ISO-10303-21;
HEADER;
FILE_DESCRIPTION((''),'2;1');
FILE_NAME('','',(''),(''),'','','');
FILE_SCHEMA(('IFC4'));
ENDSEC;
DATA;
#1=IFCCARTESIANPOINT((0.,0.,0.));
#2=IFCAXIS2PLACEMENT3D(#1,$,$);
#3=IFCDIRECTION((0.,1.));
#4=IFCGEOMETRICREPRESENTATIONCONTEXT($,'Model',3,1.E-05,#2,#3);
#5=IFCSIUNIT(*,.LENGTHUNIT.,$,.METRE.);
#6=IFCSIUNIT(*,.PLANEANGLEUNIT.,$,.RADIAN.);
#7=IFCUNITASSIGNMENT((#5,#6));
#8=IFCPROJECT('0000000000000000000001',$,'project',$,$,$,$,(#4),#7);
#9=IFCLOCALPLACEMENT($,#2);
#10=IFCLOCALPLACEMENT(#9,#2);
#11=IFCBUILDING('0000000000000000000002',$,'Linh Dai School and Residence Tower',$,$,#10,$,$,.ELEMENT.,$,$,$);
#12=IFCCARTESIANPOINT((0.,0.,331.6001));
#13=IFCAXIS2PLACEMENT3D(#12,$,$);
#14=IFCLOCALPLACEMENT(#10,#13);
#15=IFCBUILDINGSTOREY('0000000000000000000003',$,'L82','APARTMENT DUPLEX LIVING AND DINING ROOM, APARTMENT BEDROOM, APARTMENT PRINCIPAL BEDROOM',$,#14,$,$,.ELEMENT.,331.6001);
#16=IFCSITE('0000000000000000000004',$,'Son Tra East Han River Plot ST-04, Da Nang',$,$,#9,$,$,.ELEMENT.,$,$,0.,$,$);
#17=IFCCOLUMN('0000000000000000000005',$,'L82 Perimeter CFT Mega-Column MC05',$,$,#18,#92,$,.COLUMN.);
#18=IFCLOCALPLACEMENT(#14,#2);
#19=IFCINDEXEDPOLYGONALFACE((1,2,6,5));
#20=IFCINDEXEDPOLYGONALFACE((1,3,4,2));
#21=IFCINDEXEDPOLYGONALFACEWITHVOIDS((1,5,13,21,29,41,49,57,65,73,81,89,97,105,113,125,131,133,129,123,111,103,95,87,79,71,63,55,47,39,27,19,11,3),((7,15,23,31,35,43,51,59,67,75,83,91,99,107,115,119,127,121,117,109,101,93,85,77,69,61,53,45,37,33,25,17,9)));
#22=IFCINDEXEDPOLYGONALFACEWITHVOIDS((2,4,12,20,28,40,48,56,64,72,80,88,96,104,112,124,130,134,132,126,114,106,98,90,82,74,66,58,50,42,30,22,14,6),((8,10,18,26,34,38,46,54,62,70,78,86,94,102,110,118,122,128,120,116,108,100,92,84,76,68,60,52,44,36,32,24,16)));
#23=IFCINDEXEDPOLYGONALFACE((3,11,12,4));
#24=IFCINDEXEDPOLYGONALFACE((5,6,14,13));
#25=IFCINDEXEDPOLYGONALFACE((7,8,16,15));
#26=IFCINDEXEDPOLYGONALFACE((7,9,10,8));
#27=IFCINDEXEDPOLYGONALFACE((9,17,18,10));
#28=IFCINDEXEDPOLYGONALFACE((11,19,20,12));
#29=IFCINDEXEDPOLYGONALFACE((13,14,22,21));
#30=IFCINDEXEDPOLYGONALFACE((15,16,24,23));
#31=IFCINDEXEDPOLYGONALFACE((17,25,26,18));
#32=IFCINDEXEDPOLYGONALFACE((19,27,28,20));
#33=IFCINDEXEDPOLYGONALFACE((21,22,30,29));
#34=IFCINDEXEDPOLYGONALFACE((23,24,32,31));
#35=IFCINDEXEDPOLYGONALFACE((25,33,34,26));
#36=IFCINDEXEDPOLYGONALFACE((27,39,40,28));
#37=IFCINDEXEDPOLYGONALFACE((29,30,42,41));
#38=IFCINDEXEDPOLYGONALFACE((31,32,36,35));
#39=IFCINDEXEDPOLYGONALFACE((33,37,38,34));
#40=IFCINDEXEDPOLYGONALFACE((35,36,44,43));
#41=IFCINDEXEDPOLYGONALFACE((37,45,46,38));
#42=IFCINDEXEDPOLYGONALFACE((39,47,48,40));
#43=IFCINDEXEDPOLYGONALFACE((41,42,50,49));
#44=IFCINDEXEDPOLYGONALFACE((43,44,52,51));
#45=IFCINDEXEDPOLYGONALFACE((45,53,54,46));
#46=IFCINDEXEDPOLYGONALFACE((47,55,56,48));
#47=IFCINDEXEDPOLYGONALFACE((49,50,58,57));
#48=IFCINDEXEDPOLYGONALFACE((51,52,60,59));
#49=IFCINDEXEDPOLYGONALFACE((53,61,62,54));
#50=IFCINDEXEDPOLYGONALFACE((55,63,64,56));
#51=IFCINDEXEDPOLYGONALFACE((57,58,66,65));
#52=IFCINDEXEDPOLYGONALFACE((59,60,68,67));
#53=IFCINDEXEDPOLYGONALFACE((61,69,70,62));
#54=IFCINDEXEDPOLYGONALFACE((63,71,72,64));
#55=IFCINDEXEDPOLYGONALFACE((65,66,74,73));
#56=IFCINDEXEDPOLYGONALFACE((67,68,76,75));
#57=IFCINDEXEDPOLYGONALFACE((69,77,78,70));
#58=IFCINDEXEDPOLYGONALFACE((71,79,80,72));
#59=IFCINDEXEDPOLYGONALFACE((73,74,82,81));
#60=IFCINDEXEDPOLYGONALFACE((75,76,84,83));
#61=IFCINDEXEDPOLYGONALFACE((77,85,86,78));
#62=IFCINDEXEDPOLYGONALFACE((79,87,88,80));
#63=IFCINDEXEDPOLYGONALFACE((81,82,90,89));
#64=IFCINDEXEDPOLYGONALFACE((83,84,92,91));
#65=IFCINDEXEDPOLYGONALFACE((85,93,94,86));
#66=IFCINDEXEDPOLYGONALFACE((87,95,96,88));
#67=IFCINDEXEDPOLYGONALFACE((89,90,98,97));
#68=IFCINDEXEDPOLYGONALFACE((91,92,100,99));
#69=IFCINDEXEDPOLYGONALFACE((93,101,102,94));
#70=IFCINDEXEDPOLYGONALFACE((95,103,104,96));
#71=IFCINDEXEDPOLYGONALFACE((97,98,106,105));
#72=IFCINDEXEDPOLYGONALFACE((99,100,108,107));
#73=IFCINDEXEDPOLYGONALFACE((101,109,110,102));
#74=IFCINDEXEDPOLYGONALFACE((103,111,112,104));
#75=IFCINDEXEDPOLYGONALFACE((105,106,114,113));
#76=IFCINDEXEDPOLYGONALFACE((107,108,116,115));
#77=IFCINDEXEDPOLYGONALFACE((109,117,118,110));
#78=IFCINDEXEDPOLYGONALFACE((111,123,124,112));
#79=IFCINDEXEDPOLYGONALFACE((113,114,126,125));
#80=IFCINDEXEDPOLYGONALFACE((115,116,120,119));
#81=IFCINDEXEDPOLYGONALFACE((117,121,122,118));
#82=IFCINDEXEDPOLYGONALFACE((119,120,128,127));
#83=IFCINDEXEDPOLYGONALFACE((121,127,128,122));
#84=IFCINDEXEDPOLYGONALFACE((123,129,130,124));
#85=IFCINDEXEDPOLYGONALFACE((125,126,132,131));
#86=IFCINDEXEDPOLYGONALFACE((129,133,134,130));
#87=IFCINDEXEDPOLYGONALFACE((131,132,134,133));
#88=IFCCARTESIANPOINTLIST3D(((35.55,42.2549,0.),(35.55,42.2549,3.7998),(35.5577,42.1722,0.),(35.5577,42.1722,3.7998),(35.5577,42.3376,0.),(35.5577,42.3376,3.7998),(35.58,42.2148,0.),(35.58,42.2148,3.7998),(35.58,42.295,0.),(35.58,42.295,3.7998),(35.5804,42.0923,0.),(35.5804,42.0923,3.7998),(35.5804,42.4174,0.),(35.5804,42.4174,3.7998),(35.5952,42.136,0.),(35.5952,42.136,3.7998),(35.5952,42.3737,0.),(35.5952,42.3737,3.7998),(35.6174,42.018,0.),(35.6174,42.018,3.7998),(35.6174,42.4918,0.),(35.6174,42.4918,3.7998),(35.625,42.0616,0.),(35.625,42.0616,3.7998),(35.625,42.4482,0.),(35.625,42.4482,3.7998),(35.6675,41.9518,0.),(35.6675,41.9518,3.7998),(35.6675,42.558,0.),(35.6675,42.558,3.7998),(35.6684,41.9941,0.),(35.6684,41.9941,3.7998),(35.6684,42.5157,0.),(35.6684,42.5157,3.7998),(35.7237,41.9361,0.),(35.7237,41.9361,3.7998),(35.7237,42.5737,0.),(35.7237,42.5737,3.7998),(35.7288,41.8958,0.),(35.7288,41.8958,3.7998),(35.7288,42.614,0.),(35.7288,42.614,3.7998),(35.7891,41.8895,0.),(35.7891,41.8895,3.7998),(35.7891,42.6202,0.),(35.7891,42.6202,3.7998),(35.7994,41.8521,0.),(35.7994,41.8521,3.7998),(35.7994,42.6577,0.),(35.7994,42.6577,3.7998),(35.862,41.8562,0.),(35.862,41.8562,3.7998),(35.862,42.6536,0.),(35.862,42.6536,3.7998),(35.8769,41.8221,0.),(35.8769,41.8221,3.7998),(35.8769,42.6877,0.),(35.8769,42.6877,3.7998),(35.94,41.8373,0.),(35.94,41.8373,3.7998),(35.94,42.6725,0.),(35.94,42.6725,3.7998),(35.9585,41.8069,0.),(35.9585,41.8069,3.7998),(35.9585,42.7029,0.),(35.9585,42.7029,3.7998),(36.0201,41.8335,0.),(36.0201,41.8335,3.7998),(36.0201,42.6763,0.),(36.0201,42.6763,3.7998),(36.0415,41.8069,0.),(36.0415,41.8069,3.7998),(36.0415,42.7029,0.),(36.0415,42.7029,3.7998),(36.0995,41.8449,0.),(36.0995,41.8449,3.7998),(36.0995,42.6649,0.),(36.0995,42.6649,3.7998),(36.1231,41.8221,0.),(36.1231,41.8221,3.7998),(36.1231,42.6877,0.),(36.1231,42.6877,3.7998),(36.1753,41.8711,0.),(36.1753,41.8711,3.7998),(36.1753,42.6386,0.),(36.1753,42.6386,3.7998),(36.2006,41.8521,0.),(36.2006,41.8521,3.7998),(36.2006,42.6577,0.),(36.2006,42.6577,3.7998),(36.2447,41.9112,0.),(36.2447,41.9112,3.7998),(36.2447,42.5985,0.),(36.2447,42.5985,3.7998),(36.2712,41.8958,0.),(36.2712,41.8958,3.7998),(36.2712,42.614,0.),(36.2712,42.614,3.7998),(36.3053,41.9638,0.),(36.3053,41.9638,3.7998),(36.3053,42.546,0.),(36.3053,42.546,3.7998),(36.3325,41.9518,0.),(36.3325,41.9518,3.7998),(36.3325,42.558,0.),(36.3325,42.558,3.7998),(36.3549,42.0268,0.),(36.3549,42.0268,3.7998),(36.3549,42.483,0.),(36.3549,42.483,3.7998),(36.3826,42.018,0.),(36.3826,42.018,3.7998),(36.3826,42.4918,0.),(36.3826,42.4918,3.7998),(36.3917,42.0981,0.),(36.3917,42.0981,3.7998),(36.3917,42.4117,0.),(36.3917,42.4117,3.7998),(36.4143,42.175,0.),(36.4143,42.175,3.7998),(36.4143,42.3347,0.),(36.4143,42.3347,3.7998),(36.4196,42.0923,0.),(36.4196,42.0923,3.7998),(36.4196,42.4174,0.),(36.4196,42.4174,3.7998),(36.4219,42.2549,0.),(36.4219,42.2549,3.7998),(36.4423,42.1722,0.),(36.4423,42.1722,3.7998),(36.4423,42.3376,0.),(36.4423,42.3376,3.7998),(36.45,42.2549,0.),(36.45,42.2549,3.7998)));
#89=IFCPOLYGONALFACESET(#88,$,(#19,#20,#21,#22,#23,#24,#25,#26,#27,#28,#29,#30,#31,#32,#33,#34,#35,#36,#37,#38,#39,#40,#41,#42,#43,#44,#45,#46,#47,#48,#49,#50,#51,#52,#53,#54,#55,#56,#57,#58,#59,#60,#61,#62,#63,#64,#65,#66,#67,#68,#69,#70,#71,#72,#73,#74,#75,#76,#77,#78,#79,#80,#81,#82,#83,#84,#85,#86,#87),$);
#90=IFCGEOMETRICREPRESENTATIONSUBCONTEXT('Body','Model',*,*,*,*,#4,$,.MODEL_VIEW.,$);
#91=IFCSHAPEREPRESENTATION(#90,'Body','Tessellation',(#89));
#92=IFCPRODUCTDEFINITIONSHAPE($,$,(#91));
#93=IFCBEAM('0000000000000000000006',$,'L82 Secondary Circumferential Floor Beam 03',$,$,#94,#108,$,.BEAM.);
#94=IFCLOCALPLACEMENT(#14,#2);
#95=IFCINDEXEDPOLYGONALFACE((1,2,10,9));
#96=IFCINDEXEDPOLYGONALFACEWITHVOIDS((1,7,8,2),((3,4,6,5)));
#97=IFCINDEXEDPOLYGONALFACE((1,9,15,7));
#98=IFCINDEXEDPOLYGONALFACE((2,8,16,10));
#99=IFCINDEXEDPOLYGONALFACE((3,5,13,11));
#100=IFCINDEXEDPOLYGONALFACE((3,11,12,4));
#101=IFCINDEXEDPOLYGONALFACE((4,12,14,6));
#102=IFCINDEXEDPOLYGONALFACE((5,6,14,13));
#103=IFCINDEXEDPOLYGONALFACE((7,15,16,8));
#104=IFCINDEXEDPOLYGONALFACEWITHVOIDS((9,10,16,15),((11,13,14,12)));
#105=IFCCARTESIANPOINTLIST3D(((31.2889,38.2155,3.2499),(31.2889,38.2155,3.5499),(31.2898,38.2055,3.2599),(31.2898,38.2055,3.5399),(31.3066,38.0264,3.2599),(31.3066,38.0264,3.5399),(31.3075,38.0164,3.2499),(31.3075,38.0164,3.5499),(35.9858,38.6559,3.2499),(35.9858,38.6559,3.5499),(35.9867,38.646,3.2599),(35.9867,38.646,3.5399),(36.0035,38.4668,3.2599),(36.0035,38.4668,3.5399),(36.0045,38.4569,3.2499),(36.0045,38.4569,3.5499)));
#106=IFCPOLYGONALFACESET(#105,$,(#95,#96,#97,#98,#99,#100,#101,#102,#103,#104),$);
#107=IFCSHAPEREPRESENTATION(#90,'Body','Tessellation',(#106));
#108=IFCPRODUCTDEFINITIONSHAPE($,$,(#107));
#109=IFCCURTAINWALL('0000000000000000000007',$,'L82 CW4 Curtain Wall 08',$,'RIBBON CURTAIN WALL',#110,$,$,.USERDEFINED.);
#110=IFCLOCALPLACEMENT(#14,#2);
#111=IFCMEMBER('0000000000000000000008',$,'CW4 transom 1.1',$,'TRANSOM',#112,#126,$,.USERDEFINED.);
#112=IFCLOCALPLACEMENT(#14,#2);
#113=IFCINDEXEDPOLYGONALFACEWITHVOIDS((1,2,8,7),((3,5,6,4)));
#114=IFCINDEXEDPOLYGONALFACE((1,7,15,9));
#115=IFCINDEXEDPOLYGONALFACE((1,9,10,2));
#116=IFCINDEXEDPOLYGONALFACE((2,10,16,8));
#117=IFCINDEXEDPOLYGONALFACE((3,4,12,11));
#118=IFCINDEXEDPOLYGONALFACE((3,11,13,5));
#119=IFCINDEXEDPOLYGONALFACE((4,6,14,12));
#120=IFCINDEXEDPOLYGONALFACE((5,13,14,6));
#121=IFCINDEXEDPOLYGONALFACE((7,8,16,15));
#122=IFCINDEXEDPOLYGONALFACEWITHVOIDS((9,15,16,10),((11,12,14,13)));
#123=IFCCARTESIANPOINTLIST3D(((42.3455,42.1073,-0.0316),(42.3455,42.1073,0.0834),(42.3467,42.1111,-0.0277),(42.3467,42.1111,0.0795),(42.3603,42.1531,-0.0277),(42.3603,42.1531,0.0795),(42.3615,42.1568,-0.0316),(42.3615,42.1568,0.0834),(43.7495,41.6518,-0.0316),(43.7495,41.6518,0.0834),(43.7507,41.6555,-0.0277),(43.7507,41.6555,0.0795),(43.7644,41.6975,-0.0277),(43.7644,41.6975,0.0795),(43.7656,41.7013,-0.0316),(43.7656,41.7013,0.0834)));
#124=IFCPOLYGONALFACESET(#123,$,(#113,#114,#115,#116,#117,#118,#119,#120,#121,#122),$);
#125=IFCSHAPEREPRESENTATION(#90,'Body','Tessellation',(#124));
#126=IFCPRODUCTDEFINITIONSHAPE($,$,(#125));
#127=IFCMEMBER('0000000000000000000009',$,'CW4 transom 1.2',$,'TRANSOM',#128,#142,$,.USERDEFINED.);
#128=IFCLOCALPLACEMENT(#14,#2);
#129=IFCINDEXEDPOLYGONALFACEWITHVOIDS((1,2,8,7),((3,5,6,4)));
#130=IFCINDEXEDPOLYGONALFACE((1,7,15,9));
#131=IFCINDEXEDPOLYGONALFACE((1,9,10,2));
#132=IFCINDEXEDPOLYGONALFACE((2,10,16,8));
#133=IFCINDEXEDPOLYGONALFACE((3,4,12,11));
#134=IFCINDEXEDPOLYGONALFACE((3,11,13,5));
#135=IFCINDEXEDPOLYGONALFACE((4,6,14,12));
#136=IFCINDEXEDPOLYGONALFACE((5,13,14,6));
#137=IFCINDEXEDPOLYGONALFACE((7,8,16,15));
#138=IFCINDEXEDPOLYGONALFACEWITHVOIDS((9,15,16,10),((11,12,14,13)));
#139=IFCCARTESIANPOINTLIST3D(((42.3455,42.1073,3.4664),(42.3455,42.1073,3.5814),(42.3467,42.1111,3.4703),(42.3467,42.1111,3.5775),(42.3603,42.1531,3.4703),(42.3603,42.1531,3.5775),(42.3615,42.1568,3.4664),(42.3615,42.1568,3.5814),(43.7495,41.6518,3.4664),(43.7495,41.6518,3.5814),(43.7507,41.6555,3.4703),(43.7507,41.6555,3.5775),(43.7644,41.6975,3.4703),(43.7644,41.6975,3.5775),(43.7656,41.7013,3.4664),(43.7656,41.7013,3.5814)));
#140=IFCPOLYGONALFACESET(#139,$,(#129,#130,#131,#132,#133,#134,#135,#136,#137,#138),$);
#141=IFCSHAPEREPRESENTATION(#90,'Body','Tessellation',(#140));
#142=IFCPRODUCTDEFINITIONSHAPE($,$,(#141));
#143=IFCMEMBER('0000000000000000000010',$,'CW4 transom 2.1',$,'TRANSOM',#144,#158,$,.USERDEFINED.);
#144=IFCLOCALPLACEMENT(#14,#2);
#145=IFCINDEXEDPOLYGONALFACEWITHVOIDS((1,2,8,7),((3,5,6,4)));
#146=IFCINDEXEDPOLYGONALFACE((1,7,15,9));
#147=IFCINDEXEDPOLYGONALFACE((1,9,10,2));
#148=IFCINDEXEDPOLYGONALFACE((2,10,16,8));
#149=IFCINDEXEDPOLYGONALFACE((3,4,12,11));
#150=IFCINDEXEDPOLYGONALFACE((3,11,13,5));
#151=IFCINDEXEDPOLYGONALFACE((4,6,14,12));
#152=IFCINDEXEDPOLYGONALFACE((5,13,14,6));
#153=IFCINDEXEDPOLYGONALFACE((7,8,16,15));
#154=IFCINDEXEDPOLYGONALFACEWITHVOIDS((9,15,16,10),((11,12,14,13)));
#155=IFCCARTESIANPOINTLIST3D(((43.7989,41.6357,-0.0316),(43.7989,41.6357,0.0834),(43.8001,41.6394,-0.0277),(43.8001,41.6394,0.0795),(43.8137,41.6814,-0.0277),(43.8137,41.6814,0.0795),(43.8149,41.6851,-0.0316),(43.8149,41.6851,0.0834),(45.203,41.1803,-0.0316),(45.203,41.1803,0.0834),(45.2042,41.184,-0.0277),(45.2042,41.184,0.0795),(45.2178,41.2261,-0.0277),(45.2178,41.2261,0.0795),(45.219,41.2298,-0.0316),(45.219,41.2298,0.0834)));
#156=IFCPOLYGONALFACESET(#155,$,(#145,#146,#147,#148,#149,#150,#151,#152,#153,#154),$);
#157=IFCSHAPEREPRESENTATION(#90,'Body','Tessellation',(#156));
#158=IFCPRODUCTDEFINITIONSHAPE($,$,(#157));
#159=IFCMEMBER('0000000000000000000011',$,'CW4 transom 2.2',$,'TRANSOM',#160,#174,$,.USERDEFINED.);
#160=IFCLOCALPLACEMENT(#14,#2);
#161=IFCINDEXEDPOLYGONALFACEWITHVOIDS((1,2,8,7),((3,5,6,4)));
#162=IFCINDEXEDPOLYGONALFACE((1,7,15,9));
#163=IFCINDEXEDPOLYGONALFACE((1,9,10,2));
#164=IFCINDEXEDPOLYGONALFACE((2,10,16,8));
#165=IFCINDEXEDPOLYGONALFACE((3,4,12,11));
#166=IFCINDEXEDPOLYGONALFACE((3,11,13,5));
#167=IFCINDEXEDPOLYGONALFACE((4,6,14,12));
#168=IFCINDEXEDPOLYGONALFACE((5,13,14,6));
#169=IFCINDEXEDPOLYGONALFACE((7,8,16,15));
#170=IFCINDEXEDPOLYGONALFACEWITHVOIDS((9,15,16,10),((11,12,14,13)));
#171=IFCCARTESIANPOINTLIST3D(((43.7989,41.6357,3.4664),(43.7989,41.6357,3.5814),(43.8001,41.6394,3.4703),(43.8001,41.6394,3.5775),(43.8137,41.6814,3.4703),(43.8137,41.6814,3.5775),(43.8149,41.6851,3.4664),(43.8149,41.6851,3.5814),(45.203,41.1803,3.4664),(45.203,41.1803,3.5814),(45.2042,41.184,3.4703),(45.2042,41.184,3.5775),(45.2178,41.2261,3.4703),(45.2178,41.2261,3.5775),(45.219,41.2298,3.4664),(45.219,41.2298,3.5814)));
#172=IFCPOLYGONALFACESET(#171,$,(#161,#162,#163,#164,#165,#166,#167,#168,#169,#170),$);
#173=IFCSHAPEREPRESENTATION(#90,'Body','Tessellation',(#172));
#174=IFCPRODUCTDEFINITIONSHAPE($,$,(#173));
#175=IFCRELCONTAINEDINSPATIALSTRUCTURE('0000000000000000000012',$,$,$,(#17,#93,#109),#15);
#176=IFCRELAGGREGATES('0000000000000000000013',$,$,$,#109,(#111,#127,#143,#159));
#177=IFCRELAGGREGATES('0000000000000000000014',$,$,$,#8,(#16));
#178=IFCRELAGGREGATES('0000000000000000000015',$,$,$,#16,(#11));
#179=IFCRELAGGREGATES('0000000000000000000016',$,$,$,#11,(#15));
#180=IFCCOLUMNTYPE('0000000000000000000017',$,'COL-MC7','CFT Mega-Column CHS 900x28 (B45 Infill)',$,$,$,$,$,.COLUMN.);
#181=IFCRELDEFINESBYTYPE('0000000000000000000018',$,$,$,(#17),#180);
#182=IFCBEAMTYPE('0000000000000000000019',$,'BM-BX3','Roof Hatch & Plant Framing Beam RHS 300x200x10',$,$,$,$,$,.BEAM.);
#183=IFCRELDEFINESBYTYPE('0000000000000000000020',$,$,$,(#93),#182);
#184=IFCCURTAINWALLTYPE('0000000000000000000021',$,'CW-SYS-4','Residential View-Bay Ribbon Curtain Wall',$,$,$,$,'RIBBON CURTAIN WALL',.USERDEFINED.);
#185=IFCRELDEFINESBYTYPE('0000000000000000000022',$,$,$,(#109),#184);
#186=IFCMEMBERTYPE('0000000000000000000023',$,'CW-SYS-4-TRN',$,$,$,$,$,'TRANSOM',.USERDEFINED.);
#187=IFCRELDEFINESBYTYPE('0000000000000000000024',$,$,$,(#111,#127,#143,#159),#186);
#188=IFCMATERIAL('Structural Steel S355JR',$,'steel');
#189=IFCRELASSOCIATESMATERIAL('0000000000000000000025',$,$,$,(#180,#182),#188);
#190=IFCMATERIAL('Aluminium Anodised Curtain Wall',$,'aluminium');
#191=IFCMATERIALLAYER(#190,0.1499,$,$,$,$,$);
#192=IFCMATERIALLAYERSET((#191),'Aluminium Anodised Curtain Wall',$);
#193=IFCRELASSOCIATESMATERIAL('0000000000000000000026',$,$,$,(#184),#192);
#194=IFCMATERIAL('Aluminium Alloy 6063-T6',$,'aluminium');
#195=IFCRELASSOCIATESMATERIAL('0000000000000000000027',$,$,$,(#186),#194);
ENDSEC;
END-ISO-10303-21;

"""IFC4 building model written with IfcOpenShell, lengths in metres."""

from ifc_helpers import new_model, si_unit, direction, frame, origin, origin_2d, place, context, subcontext, project, spatial, hollow_rectangle, hollow_circle, extrude, source, transform, mapped, material, layer, layer_set, material_profile, profile_set, type_object, element, aggregate, save


model = new_model("IFC4")

# Units and contexts
model_context = context("Model", 3, precision=1e-05, world=origin(), true_north=direction((0.0, 1.0)))
body_context = subcontext(model_context, "Body", "Model", "MODEL_VIEW")
ifc_project = project(units=[si_unit("LENGTHUNIT", "METRE"), si_unit("PLANEANGLEUNIT", "RADIAN")], contexts=[model_context])

# Site, building, storey
site_placement = place(None, origin())
site = spatial("IfcSite", under=ifc_project, at=site_placement, Name="Son Tra East Han River Plot ST-04, Da Nang", CompositionType="ELEMENT", RefElevation=0.0)
building_placement = place(site_placement, origin())
building = spatial("IfcBuilding", under=site, at=building_placement, Name="Linh Dai School and Residence Tower", CompositionType="ELEMENT")
storey_placement = place(building_placement, frame((0.0, 0.0, 331.6001)))
storey = spatial("IfcBuildingStorey", under=building, at=storey_placement, Name="L82", Description="APARTMENT DUPLEX LIVING AND DINING ROOM, APARTMENT BEDROOM, APARTMENT PRINCIPAL BEDROOM", CompositionType="ELEMENT", Elevation=331.6001)

# Column
ifc_material_1 = material(Name="Structural Steel S355JR", Category="steel")
ifc_material_profile_1 = material_profile(ifc_material_1, hollow_circle(Radius=0.45, WallThickness=0.0281, at=origin_2d()), Name="CHS 900x28")
ifc_profile_set_1 = profile_set([ifc_material_profile_1], Name="Structural Steel S355JR")
column_type = type_object("IfcColumnType", Name="COL-MC7", Description="CFT Mega-Column CHS 900x28 (B45 Infill)", PredefinedType="COLUMN", material=ifc_profile_set_1)
column_placement = place(storey_placement, frame((36.0, 42.2549, 0.0), z_axis=(0.0, 0.0, 1.0), x_axis=(1.0, 0.0, 0.0)))
element("IfcColumn", 1, at=column_placement, inside=storey, type_object=column_type, Name="L82 Perimeter CFT Mega-Column MC05", PredefinedType="COLUMN", context=body_context, shape_type="SweptSolid", body=[
    extrude(hollow_circle(Radius=0.45, WallThickness=0.0281, at=origin_2d()), origin(), (0.0, 0.0, 1.0), 3.7998),
])

# Beam
ifc_material_profile_2 = material_profile(ifc_material_1, hollow_rectangle(XDim=0.2, YDim=0.3, WallThickness=0.01, at=origin_2d()), Name="RHS 300x200x10")
ifc_profile_set_2 = profile_set([ifc_material_profile_2], Name="Structural Steel S355JR")
beam_type = type_object("IfcBeamType", Name="BM-BX3", Description="Roof Hatch & Plant Framing Beam RHS 300x200x10", PredefinedType="BEAM", material=ifc_profile_set_2)
beam_placement = place(storey_placement, frame((35.9951, 38.5564, 3.3999), z_axis=(-0.995633, -0.093358, 0.0), x_axis=(0.093358, -0.995633, 0.0)))
element("IfcBeam", 2, at=beam_placement, inside=storey, type_object=beam_type, Name="L82 Secondary Circumferential Floor Beam 03", PredefinedType="BEAM", context=body_context, shape_type="SweptSolid", body=[
    extrude(hollow_rectangle(XDim=0.2, YDim=0.3, WallThickness=0.01, at=origin_2d()), origin(), (0.0, 0.0, 1.0), 4.7175),
])

# Curtain wall, members
ifc_material_2 = material(Name="Aluminium Anodised Curtain Wall", Category="aluminium")
ifc_layer_1 = layer(ifc_material_2, 0.1499)
ifc_layer_set_1 = layer_set([ifc_layer_1], Name="Aluminium Anodised Curtain Wall")
curtain_wall_type = type_object("IfcCurtainWallType", Name="CW-SYS-4", Description="Residential View-Bay Ribbon Curtain Wall", ElementType="RIBBON CURTAIN WALL", PredefinedType="USERDEFINED", material=ifc_layer_set_1)
curtain_wall_placement = place(storey_placement, origin())
curtain_wall = element("IfcCurtainWall", 3, at=curtain_wall_placement, inside=storey, type_object=curtain_wall_type, Name="L82 CW4 Curtain Wall 08", ObjectType="RIBBON CURTAIN WALL", PredefinedType="USERDEFINED")
ifc_material_3 = material(Name="Aluminium Alloy 6063-T6", Category="aluminium")
ifc_material_profile_3 = material_profile(ifc_material_3, hollow_rectangle(XDim=0.052, YDim=0.115, WallThickness=0.0039, at=origin_2d()), Name="RHS 115x52x4")
ifc_profile_set_3 = profile_set([ifc_material_profile_3], Name="Aluminium Alloy 6063-T6")
member_type_1 = type_object("IfcMemberType", Name="CW-SYS-4-TRN", ElementType="TRANSOM", PredefinedType="USERDEFINED", material=ifc_profile_set_3)
shared_shape_1 = source(origin(), body_context, "Body", "SweptSolid", [
    extrude(hollow_rectangle(XDim=0.052, YDim=0.115, WallThickness=0.0039, at=origin_2d()), origin(), (0.0, 0.0, 1.0), 1.4761),
])
member_1_placement = place(storey_placement, frame((42.3535, 42.1321, 0.0259), z_axis=(0.951183, -0.308626, 0.0), x_axis=(0.308626, 0.951183, 0.0)))
member_1 = element("IfcMember", 4, at=member_1_placement, type_object=member_type_1, Name="CW4 transom 1.1", ObjectType="TRANSOM", PredefinedType="USERDEFINED", context=body_context, shape_type="MappedRepresentation", body=[
    mapped(shared_shape_1, transform((0.0, 0.0, 0.0), x_axis=(1.0, 0.0, 0.0), y_axis=(0.0, 1.0, 0.0), z_axis=(0.0, 0.0, 1.0), scale=1.0)),
])
member_2_placement = place(storey_placement, frame((42.3535, 42.1321, 3.5239), z_axis=(0.951183, -0.308626, 0.0), x_axis=(0.308626, 0.951183, 0.0)))
member_2 = element("IfcMember", 5, at=member_2_placement, type_object=member_type_1, Name="CW4 transom 1.2", ObjectType="TRANSOM", PredefinedType="USERDEFINED", context=body_context, shape_type="MappedRepresentation", body=[
    mapped(shared_shape_1, transform((0.0, 0.0, 0.0), x_axis=(1.0, 0.0, 0.0), y_axis=(0.0, 1.0, 0.0), z_axis=(0.0, 0.0, 1.0), scale=1.0)),
])
member_3_placement = place(storey_placement, frame((43.8069, 41.6604, 0.0259), z_axis=(0.951232, -0.308476, 0.0), x_axis=(0.308476, 0.951232, 0.0)))
member_3 = element("IfcMember", 6, at=member_3_placement, type_object=member_type_1, Name="CW4 transom 2.1", ObjectType="TRANSOM", PredefinedType="USERDEFINED", context=body_context, shape_type="MappedRepresentation", body=[
    mapped(shared_shape_1, transform((0.0, 0.0, 0.0), x_axis=(1.0, 0.0, 0.0), y_axis=(0.0, 1.0, 0.0), z_axis=(0.0, 0.0, 1.0), scale=1.0)),
])
member_4_placement = place(storey_placement, frame((43.8069, 41.6604, 3.5239), z_axis=(0.951232, -0.308476, 0.0), x_axis=(0.308476, 0.951232, 0.0)))
member_4 = element("IfcMember", 7, at=member_4_placement, type_object=member_type_1, Name="CW4 transom 2.2", ObjectType="TRANSOM", PredefinedType="USERDEFINED", context=body_context, shape_type="MappedRepresentation", body=[
    mapped(shared_shape_1, transform((0.0, 0.0, 0.0), x_axis=(1.0, 0.0, 0.0), y_axis=(0.0, 1.0, 0.0), z_axis=(0.0, 0.0, 1.0), scale=1.0)),
])

aggregate(curtain_wall, [member_1, member_2, member_3, member_4])

save(model, "model.ifc")
